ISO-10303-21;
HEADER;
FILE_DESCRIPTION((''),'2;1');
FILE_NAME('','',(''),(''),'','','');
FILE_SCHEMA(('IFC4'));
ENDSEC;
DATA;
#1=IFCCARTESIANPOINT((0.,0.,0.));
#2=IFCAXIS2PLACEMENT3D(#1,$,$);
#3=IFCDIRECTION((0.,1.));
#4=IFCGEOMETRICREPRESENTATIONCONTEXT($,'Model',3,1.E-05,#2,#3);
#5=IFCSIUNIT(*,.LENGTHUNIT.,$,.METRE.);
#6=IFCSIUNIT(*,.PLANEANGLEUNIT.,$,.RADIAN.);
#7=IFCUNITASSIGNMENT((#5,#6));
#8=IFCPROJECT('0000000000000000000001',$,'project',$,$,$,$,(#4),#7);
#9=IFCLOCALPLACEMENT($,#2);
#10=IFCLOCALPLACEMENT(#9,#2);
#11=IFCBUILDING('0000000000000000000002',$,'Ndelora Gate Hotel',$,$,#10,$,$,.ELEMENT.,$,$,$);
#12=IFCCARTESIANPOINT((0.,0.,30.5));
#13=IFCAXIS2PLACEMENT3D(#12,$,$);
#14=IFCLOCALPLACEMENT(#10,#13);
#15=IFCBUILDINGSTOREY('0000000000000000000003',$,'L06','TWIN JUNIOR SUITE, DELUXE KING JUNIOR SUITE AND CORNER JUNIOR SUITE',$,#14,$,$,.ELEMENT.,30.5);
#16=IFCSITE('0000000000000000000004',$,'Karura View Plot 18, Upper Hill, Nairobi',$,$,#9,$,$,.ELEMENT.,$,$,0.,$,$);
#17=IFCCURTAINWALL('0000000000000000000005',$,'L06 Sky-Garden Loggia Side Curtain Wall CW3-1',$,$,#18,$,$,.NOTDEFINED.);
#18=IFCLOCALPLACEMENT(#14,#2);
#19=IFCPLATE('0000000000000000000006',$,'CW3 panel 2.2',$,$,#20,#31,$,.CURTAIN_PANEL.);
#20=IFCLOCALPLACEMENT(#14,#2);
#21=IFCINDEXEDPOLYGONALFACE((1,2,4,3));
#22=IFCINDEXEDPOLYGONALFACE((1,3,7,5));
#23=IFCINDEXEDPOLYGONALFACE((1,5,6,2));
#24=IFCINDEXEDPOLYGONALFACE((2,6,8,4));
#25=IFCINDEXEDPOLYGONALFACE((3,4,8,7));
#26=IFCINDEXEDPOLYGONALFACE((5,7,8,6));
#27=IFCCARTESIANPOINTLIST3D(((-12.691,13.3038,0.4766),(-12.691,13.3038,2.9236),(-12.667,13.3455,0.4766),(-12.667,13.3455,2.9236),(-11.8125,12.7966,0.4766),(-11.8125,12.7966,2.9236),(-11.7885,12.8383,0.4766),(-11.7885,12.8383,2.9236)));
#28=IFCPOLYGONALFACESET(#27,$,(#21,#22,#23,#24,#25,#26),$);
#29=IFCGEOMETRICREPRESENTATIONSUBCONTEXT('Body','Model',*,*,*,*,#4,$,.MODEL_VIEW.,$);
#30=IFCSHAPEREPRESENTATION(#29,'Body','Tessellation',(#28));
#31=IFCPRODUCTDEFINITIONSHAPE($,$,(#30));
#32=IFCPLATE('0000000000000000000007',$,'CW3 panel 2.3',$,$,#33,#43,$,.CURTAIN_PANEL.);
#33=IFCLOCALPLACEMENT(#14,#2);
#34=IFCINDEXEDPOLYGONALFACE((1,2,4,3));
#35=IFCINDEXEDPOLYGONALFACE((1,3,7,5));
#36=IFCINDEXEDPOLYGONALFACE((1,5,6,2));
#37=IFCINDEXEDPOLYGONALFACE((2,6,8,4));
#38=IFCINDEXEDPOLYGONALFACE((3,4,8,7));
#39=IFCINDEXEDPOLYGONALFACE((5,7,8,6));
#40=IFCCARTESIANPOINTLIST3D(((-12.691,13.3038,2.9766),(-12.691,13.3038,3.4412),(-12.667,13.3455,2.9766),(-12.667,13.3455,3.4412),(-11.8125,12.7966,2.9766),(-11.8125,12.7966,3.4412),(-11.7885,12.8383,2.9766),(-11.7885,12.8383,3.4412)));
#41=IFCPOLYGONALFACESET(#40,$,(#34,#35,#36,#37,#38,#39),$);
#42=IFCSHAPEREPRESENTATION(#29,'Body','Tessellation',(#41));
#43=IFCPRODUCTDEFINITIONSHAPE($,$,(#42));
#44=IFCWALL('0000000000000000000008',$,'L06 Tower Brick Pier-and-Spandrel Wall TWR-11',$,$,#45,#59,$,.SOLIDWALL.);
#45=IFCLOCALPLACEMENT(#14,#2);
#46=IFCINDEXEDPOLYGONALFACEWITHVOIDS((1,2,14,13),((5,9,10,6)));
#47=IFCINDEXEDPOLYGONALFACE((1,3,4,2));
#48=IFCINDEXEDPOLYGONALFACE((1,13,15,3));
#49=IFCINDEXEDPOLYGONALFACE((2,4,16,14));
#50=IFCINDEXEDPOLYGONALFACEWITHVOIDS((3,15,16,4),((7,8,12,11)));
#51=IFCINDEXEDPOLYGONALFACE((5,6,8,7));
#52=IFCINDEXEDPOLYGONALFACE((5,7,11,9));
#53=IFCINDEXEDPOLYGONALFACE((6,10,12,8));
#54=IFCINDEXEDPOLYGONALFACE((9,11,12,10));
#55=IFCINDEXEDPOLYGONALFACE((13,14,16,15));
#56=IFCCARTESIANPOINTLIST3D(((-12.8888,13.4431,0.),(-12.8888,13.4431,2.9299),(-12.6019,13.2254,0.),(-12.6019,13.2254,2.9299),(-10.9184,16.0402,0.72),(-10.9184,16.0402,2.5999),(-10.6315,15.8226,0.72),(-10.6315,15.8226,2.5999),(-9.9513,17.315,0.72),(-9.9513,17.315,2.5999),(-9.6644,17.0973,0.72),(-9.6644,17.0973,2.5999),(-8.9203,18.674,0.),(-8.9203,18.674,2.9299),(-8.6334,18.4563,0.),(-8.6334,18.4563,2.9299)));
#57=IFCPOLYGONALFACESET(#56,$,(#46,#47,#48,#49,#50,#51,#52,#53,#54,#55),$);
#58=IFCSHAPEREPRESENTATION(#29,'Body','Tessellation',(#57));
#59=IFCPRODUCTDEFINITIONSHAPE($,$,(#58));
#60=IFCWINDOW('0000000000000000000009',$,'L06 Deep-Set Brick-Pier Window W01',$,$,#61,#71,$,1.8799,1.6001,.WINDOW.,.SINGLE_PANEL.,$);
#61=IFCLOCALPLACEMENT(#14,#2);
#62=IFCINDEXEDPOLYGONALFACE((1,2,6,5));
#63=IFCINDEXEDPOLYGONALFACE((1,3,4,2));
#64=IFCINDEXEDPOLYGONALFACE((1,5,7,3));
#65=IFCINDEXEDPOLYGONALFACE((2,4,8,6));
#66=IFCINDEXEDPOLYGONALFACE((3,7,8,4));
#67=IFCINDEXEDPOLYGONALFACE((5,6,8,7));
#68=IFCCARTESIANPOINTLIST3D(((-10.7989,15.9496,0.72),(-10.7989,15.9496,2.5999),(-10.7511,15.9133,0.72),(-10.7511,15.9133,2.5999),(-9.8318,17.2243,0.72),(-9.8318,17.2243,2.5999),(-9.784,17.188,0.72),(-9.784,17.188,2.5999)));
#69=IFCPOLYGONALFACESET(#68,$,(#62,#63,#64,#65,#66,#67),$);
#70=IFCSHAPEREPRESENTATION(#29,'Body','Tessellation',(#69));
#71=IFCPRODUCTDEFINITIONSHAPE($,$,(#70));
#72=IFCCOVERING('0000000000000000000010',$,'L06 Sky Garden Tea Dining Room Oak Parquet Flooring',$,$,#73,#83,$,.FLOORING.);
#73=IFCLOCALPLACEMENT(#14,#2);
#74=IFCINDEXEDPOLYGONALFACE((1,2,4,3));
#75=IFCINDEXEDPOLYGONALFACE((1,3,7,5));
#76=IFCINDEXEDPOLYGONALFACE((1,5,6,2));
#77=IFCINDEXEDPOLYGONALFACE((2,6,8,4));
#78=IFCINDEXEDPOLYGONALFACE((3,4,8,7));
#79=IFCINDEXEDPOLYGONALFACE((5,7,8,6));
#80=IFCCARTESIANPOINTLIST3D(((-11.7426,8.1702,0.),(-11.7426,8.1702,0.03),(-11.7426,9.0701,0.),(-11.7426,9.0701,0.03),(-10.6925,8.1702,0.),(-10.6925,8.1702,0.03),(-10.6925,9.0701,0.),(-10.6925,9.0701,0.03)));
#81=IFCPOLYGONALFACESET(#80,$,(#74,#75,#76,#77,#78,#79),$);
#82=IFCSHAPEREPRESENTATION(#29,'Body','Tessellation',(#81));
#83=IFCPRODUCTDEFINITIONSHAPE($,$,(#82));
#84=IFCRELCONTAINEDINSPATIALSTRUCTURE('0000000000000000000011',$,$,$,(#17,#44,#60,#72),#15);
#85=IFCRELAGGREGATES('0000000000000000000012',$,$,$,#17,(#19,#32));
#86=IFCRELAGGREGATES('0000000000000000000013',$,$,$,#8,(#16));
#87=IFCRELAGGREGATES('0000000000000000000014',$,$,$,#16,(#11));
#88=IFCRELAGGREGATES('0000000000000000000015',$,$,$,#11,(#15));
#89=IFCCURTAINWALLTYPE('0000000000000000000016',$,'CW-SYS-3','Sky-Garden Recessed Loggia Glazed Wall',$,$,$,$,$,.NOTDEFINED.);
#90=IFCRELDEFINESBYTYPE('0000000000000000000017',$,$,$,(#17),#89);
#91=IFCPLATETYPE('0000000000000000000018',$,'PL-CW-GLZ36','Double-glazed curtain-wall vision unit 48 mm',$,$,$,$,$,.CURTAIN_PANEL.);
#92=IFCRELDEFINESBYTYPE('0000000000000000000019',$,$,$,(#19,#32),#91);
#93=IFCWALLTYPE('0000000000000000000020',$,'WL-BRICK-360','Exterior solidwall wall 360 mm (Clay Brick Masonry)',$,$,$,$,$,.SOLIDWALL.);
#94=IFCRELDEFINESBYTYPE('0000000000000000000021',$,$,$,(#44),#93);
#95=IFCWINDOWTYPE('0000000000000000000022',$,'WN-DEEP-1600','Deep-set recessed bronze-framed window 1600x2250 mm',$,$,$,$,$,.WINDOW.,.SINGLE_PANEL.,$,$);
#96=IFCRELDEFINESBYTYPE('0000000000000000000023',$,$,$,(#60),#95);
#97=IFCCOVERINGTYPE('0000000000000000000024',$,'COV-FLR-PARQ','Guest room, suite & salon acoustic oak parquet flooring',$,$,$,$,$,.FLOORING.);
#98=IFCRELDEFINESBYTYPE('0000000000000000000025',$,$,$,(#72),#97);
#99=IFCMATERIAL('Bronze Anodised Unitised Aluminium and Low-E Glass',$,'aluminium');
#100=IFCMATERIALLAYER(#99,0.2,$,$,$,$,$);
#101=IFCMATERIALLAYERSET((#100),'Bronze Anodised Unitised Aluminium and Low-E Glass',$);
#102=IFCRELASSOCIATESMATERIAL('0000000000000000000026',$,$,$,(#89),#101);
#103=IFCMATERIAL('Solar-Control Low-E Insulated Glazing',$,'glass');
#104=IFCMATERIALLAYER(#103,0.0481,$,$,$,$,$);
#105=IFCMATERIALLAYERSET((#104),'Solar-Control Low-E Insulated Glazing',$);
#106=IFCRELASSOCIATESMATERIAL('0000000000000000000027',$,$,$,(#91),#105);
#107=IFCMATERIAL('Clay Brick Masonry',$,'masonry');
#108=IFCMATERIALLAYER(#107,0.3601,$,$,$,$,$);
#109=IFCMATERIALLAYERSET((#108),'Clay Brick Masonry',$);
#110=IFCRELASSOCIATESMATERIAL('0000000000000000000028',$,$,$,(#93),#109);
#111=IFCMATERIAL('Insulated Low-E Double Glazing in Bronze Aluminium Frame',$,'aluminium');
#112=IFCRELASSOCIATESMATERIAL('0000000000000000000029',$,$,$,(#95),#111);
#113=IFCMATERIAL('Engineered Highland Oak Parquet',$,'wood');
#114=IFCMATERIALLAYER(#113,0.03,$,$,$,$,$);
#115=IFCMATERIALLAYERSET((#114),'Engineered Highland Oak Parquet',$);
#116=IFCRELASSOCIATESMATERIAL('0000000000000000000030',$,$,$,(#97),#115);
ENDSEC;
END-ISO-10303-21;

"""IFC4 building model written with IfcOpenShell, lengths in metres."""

from ifc_helpers import new_model, si_unit, direction, frame, frame_2d, origin, origin_2d, place, context, subcontext, project, spatial, rectangle, extrude, material, layer, layer_set, type_object, element, fill, aggregate, save


model = new_model("IFC4")

# Units and contexts
model_context = context("Model", 3, precision=1e-05, world=origin(), true_north=direction((0.0, 1.0)))
body_context = subcontext(model_context, "Body", "Model", "MODEL_VIEW")
ifc_project = project(units=[si_unit("LENGTHUNIT", "METRE"), si_unit("PLANEANGLEUNIT", "RADIAN")], contexts=[model_context])

# Site, building, storey
site_placement = place(None, origin())
site = spatial("IfcSite", under=ifc_project, at=site_placement, Name="Karura View Plot 18, Upper Hill, Nairobi", CompositionType="ELEMENT", RefElevation=0.0)
building_placement = place(site_placement, origin())
building = spatial("IfcBuilding", under=site, at=building_placement, Name="Ndelora Gate Hotel", CompositionType="ELEMENT")
storey_placement = place(building_placement, frame((0.0, 0.0, 30.5)))
storey = spatial("IfcBuildingStorey", under=building, at=storey_placement, Name="L06", Description="TWIN JUNIOR SUITE, DELUXE KING JUNIOR SUITE AND CORNER JUNIOR SUITE", CompositionType="ELEMENT", Elevation=30.5)

# Curtain wall, plates
ifc_material_1 = material(Name="Bronze Anodised Unitised Aluminium and Low-E Glass", Category="aluminium")
ifc_layer_1 = layer(ifc_material_1, 0.2)
ifc_layer_set_1 = layer_set([ifc_layer_1], Name="Bronze Anodised Unitised Aluminium and Low-E Glass")
curtain_wall_type = type_object("IfcCurtainWallType", Name="CW-SYS-3", Description="Sky-Garden Recessed Loggia Glazed Wall", PredefinedType="NOTDEFINED", material=ifc_layer_set_1)
curtain_wall_placement = place(storey_placement, origin())
curtain_wall = element("IfcCurtainWall", 1, at=curtain_wall_placement, inside=storey, type_object=curtain_wall_type, Name="L06 Sky-Garden Loggia Side Curtain Wall CW3-1", PredefinedType="NOTDEFINED")
ifc_material_2 = material(Name="Solar-Control Low-E Insulated Glazing", Category="glass")
ifc_layer_2 = layer(ifc_material_2, 0.0481)
ifc_layer_set_2 = layer_set([ifc_layer_2], Name="Solar-Control Low-E Insulated Glazing")
plate_type = type_object("IfcPlateType", Name="PL-CW-GLZ36", Description="Double-glazed curtain-wall vision unit 48 mm", PredefinedType="CURTAIN_PANEL", material=ifc_layer_set_2)
plate_1_placement = place(storey_placement, frame((-12.2397, 13.071, 0.4766), z_axis=(0.0, 0.0, 1.0), x_axis=(-0.86603, 0.499991, 0.0)))
plate_1 = element("IfcPlate", 2, at=plate_1_placement, type_object=plate_type, Name="CW3 panel 2.2", PredefinedType="CURTAIN_PANEL", context=body_context, shape_type="SweptSolid", body=[
    extrude(rectangle(XDim=1.0144, YDim=0.0481, at=origin_2d()), origin(), (0.0, 0.0, 1.0), 2.447),
])
plate_2_placement = place(storey_placement, frame((-12.2397, 13.071, 2.9766), z_axis=(0.0, 0.0, 1.0), x_axis=(-0.86603, 0.499991, 0.0)))
plate_2 = element("IfcPlate", 3, at=plate_2_placement, type_object=plate_type, Name="CW3 panel 2.3", PredefinedType="CURTAIN_PANEL", context=body_context, shape_type="SweptSolid", body=[
    extrude(rectangle(XDim=1.0144, YDim=0.0481, at=origin_2d()), origin(), (0.0, 0.0, 1.0), 0.4646),
])
aggregate(curtain_wall, [plate_1, plate_2])

# Wall, opening, window
ifc_material_3 = material(Name="Clay Brick Masonry", Category="masonry")
ifc_layer_3 = layer(ifc_material_3, 0.3601)
ifc_layer_set_3 = layer_set([ifc_layer_3], Name="Clay Brick Masonry")
wall_type = type_object("IfcWallType", Name="WL-BRICK-360", Description="Exterior solidwall wall 360 mm (Clay Brick Masonry)", PredefinedType="SOLIDWALL", material=ifc_layer_set_3)
wall_placement = place(storey_placement, frame((-12.7454, 13.3342, 0.0), z_axis=(0.0, 0.0, 1.0), x_axis=(0.604405, 0.796677, 0.0)))
wall = element("IfcWall", 4, at=wall_placement, inside=storey, type_object=wall_type, Name="L06 Tower Brick Pier-and-Spandrel Wall TWR-11", PredefinedType="SOLIDWALL", context=body_context, shape_type="SweptSolid", body=[
    extrude(rectangle(XDim=6.5659, YDim=0.3601, at=frame_2d((3.283, 0.0))), origin(), (0.0, 0.0, 1.0), 2.9299),
])
opening_placement = place(wall_placement, frame((3.26, 0.0, 0.72)))
opening = element("IfcOpeningElement", 5, at=opening_placement, cuts=wall, PredefinedType="OPENING", context=body_context, shape_type="SweptSolid", body=[
    extrude(rectangle(XDim=1.6001, YDim=1.8799, at=frame_2d((0.8, 0.9399))), frame((0.0, 0.1899, 0.0), z_axis=(0.0, -1.0, 0.0), x_axis=(1.0, 0.0, 0.0)), (0.0, 0.0, 1.0), 0.3801),
])
ifc_material_4 = material(Name="Insulated Low-E Double Glazing in Bronze Aluminium Frame", Category="aluminium")
window_type = type_object("IfcWindowType", Name="WN-DEEP-1600", Description="Deep-set recessed bronze-framed window 1600x2250 mm", PartitioningType="SINGLE_PANEL", PredefinedType="WINDOW", material=ifc_material_4)
window_placement = place(opening_placement, origin())
window = element("IfcWindow", 6, at=window_placement, inside=storey, type_object=window_type, Name="L06 Deep-Set Brick-Pier Window W01", OverallHeight=1.8799, OverallWidth=1.6001, PartitioningType="SINGLE_PANEL", PredefinedType="WINDOW", context=body_context, shape_type="SweptSolid", body=[
    extrude(rectangle(XDim=1.6001, YDim=1.8799, at=frame_2d((0.8, 0.9399))), frame((0.0, 0.03, 0.0), z_axis=(0.0, -1.0, 0.0), x_axis=(1.0, 0.0, 0.0)), (0.0, 0.0, 1.0), 0.0601),
])
fill(opening, window)

# Covering
ifc_material_5 = material(Name="Engineered Highland Oak Parquet", Category="wood")
ifc_layer_4 = layer(ifc_material_5, 0.03)
ifc_layer_set_4 = layer_set([ifc_layer_4], Name="Engineered Highland Oak Parquet")
covering_type = type_object("IfcCoveringType", Name="COV-FLR-PARQ", Description="Guest room, suite & salon acoustic oak parquet flooring", PredefinedType="FLOORING", material=ifc_layer_set_4)
covering_placement = place(storey_placement, frame((-11.2175, 8.6201, 0.0), z_axis=(0.0, 0.0, 1.0), x_axis=(1.0, 0.0, 0.0)))
element("IfcCovering", 7, at=covering_placement, inside=storey, type_object=covering_type, Name="L06 Sky Garden Tea Dining Room Oak Parquet Flooring", PredefinedType="FLOORING", context=body_context, shape_type="SweptSolid", body=[
    extrude(rectangle(XDim=1.05, YDim=0.8999, at=origin_2d()), origin(), (0.0, 0.0, 1.0), 0.03),
])

save(model, "model.ifc")
